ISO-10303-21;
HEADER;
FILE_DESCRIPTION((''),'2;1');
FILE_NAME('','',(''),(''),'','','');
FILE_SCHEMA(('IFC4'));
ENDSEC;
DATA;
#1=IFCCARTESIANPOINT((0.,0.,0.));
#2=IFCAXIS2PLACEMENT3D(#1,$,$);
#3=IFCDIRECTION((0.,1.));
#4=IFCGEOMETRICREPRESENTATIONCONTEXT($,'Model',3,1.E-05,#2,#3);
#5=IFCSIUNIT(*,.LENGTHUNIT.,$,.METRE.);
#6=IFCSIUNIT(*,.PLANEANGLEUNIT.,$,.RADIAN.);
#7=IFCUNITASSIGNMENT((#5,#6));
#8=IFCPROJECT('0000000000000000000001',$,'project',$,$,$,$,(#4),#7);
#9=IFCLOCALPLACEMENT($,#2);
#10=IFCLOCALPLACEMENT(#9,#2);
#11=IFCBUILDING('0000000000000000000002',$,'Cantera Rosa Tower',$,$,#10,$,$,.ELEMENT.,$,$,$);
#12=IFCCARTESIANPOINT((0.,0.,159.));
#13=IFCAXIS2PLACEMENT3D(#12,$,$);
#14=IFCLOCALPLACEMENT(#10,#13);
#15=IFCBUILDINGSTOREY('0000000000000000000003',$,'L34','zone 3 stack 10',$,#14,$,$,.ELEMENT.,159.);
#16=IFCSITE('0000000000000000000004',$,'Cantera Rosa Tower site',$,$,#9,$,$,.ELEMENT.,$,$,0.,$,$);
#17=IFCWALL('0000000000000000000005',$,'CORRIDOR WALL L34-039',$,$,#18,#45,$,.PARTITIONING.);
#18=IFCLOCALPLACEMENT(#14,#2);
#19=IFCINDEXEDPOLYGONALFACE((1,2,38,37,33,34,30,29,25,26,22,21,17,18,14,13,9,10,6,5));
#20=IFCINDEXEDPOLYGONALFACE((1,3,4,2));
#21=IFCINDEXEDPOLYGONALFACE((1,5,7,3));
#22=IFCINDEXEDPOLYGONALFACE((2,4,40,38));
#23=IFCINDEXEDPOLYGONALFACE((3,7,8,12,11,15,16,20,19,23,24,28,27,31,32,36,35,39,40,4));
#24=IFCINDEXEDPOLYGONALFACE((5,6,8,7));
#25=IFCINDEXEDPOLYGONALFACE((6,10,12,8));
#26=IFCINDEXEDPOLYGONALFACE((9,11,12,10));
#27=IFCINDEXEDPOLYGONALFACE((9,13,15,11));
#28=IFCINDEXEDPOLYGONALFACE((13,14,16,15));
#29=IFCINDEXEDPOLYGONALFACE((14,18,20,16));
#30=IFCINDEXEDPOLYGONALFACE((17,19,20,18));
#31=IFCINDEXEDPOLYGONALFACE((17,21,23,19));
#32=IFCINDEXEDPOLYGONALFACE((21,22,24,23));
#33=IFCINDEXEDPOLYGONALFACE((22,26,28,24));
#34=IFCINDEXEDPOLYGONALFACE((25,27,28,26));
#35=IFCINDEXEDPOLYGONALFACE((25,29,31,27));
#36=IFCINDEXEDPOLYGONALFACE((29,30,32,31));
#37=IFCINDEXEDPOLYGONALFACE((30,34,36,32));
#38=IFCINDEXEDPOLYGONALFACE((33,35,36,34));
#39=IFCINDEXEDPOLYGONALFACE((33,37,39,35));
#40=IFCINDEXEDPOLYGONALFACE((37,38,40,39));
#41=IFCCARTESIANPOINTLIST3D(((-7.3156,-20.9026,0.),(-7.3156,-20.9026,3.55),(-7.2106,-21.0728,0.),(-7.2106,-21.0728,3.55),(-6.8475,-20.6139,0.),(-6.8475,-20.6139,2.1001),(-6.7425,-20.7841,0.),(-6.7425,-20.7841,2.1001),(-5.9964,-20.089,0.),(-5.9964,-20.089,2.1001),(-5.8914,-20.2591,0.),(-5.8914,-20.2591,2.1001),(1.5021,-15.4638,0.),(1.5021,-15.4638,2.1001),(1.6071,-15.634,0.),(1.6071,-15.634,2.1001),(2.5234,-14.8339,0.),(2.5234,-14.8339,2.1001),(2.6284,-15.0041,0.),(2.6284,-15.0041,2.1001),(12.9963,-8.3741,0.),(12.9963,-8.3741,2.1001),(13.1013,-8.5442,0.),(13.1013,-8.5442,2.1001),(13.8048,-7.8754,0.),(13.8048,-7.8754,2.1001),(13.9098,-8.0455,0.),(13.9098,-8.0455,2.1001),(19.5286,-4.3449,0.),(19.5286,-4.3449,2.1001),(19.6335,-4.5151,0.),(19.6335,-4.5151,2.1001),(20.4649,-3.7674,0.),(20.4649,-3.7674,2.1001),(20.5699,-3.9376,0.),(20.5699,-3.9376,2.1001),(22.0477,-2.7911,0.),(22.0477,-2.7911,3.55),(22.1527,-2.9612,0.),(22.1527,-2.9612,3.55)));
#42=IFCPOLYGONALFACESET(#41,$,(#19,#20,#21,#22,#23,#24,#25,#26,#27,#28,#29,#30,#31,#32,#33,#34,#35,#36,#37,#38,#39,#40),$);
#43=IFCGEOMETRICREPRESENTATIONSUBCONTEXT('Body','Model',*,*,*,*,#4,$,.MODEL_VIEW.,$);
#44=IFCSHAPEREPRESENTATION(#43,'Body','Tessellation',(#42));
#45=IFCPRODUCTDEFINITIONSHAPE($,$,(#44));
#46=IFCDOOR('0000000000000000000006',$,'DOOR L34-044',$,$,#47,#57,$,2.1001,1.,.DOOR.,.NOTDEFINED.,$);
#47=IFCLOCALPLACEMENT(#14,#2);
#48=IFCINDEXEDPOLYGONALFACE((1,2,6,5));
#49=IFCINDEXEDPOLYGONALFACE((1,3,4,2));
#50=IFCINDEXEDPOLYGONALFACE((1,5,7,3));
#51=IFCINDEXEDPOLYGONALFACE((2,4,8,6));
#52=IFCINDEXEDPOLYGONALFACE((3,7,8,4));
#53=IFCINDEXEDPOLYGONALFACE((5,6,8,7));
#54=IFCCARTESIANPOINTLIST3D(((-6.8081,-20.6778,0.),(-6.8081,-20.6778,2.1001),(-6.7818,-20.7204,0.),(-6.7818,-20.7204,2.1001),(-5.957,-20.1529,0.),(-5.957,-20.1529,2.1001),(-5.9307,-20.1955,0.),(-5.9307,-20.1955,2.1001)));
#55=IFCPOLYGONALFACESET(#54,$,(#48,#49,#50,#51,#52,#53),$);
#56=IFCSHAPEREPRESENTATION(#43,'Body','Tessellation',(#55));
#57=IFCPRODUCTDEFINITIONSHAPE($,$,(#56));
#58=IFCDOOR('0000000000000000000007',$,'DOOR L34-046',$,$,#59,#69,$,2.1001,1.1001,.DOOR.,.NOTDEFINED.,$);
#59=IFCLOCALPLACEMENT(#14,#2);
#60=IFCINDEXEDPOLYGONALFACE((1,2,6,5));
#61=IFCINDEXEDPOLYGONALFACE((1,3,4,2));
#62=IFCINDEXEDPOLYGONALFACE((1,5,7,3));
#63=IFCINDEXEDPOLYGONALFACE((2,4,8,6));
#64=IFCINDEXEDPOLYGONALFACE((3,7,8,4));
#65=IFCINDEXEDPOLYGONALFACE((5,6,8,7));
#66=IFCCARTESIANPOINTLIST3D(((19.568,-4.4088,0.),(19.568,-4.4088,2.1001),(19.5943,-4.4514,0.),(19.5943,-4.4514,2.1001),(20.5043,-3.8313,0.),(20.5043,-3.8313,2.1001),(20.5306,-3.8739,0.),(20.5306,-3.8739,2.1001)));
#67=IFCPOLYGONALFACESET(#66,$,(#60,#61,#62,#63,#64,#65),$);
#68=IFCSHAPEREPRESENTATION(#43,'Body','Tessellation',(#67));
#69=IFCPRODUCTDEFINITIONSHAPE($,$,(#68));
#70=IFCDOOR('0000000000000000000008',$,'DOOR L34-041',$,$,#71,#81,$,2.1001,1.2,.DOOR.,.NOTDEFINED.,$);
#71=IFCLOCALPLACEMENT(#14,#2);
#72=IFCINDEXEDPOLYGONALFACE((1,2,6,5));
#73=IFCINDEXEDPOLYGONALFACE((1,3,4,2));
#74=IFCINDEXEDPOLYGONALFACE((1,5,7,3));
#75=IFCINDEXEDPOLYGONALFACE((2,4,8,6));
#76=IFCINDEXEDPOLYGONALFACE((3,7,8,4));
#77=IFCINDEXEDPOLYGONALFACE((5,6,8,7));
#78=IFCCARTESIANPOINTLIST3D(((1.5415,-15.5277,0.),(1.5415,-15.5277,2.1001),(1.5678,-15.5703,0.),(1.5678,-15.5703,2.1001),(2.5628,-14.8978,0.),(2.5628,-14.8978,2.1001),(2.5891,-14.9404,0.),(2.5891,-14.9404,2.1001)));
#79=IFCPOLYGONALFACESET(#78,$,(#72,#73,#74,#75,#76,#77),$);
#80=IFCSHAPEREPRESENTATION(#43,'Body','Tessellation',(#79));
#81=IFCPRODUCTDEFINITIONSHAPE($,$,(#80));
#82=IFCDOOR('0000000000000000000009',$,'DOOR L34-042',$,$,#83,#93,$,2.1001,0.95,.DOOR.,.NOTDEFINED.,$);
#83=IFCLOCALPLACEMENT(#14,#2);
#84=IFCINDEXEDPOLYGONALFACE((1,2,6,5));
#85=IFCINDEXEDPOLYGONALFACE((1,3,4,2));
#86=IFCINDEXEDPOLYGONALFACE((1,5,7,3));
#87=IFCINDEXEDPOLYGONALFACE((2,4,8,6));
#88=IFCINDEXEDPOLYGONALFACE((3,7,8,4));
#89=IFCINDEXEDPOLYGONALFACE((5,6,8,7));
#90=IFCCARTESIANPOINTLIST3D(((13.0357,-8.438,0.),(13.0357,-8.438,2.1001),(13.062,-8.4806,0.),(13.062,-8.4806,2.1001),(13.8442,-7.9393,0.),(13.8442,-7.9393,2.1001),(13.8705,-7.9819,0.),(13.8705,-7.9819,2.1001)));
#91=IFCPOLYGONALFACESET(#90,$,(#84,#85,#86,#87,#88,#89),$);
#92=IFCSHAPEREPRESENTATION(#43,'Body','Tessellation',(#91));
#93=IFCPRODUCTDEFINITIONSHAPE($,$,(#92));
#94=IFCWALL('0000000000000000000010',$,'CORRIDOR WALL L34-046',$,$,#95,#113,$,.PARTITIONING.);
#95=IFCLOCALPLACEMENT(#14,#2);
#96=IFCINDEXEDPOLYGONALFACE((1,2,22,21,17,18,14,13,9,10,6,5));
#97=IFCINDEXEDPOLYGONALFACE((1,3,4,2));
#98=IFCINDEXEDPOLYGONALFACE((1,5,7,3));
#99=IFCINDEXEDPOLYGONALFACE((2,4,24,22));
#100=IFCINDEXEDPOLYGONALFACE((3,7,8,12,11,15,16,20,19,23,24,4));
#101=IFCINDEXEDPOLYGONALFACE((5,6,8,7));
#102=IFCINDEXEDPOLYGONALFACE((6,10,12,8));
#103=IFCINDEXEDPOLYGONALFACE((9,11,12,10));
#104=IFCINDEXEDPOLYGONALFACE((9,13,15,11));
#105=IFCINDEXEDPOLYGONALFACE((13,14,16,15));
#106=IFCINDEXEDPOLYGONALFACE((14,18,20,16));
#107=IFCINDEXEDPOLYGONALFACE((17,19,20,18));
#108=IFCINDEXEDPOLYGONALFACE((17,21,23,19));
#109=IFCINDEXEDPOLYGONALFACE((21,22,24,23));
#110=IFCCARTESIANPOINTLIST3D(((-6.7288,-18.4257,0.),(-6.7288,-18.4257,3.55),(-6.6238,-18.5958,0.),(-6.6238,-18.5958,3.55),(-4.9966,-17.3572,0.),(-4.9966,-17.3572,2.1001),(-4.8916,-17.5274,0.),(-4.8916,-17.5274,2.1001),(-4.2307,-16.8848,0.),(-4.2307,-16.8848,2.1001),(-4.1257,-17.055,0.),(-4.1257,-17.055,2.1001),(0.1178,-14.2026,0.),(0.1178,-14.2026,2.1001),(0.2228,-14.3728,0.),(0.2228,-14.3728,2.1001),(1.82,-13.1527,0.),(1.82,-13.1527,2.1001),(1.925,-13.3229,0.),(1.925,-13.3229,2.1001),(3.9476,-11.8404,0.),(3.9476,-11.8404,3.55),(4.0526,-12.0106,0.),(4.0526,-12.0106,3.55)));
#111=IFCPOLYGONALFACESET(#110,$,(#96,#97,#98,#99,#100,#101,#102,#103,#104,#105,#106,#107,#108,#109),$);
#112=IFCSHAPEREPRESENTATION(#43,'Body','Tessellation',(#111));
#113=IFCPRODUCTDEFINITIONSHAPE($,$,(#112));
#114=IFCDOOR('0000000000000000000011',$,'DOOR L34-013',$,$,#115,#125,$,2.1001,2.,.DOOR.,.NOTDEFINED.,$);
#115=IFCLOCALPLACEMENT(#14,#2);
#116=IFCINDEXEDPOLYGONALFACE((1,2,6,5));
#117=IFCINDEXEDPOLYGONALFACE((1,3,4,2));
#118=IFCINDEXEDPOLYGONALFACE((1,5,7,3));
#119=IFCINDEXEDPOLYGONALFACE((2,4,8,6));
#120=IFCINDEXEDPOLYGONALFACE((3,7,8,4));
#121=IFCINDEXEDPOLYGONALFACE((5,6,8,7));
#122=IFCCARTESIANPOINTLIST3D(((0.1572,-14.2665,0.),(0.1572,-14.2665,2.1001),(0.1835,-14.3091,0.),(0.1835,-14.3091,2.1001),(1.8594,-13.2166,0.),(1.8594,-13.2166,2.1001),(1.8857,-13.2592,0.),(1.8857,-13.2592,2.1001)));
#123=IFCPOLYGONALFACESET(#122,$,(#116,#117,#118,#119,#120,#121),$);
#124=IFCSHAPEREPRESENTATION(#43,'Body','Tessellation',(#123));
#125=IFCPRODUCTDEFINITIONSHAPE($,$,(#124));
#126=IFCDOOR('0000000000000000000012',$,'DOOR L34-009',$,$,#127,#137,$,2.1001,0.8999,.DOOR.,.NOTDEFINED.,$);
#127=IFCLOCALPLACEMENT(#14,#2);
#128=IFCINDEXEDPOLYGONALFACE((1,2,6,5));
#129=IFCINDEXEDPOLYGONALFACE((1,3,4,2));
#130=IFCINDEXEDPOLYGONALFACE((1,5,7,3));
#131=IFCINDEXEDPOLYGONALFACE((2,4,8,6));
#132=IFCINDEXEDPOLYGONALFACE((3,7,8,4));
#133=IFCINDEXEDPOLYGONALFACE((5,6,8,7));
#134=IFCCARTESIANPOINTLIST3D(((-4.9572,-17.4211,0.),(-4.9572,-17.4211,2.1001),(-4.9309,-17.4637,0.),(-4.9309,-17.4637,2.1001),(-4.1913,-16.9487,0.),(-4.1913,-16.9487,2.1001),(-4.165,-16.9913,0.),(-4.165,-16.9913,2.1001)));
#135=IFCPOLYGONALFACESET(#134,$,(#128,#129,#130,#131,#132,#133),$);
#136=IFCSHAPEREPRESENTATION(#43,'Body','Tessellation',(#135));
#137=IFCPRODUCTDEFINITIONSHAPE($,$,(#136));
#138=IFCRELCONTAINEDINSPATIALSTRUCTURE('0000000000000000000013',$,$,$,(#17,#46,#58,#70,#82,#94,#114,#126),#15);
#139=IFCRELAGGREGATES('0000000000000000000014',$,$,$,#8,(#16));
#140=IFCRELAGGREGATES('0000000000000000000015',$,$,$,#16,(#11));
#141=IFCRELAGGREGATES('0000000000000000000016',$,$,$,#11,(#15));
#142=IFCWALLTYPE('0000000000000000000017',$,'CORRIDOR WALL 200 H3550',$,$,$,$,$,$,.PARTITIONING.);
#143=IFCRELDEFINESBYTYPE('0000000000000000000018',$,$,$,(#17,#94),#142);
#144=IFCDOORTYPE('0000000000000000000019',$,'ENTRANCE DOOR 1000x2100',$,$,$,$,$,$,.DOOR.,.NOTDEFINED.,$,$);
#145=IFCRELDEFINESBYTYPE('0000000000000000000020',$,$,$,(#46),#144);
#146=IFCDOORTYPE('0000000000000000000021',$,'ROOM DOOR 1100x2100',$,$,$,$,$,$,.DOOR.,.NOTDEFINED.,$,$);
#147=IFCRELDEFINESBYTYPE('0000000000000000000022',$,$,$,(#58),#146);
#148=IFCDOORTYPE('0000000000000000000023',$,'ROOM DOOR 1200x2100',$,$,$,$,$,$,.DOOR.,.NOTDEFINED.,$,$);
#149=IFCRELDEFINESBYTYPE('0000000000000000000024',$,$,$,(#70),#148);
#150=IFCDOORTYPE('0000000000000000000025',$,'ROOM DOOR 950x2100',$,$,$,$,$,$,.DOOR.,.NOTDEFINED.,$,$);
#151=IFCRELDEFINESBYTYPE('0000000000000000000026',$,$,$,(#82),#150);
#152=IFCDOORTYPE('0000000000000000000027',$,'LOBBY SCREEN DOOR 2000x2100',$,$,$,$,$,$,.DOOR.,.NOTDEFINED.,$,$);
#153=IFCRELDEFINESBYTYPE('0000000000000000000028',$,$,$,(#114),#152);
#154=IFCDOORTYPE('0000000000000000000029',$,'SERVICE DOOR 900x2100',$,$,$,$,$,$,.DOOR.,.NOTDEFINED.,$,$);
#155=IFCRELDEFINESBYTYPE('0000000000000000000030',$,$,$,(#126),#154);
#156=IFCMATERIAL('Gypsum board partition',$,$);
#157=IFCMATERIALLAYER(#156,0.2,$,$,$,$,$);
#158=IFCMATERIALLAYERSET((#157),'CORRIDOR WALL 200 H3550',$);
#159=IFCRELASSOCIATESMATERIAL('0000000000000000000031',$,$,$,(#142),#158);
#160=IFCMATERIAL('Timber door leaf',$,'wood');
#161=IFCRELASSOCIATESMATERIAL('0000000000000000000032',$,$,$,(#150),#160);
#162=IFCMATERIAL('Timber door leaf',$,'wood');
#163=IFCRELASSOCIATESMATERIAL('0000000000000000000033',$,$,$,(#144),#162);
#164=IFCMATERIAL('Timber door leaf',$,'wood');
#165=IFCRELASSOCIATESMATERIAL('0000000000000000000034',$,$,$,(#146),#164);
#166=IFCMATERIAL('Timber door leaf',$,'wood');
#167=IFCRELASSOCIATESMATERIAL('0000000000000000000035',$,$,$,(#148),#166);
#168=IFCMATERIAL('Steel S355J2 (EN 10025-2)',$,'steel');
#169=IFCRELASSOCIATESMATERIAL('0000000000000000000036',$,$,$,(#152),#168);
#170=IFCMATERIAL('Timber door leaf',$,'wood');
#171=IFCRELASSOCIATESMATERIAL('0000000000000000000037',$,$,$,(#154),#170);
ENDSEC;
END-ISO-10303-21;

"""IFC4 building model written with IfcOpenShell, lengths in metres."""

from ifc_helpers import new_model, si_unit, direction, frame, frame_2d, origin, place, context, subcontext, project, spatial, rectangle, extrude, material, layer, layer_set, type_object, element, fill, save


model = new_model("IFC4")

# Units and contexts
model_context = context("Model", 3, precision=1e-05, world=origin(), true_north=direction((0.0, 1.0)))
body_context = subcontext(model_context, "Body", "Model", "MODEL_VIEW")
ifc_project = project(units=[si_unit("LENGTHUNIT", "METRE"), si_unit("PLANEANGLEUNIT", "RADIAN")], contexts=[model_context])

# Site, building, storey
site_placement = place(None, origin())
site = spatial("IfcSite", under=ifc_project, at=site_placement, Name="Cantera Rosa Tower site", CompositionType="ELEMENT", RefElevation=0.0)
building_placement = place(site_placement, origin())
building = spatial("IfcBuilding", under=site, at=building_placement, Name="Cantera Rosa Tower", CompositionType="ELEMENT")
storey_placement = place(building_placement, frame((0.0, 0.0, 159.0)))
storey = spatial("IfcBuildingStorey", under=building, at=storey_placement, Name="L34", Description="zone 3 stack 10", CompositionType="ELEMENT", Elevation=159.0)

# Shared definitions
ifc_material_1 = material(Name="Gypsum board partition")
ifc_layer_1 = layer(ifc_material_1, 0.2)
ifc_layer_set_1 = layer_set([ifc_layer_1], Name="CORRIDOR WALL 200 H3550")
wall_type_1 = type_object("IfcWallType", Name="CORRIDOR WALL 200 H3550", PredefinedType="PARTITIONING", material=ifc_layer_set_1)
ifc_material_2 = material(Name="Timber door leaf", Category="wood")
door_type_1 = type_object("IfcDoorType", Name="ROOM DOOR 950x2100", OperationType="NOTDEFINED", PredefinedType="DOOR", material=ifc_material_2)

# Walls, openings, doors
wall_1_placement = place(storey_placement, frame((-7.2632, -20.9878, 0.0), z_axis=(0.0, 0.0, 1.0), x_axis=(0.851116, 0.524977, 0.0)))
wall_1 = element("IfcWall", 1, at=wall_1_placement, inside=storey, type_object=wall_type_1, Name="CORRIDOR WALL L34-039", PredefinedType="PARTITIONING", context=body_context, shape_type="SweptSolid", body=[
    extrude(rectangle(XDim=34.4998, YDim=0.2, at=frame_2d((17.25, 0.0))), origin(), (0.0, 0.0, 1.0), 3.55),
])
opening_1_placement = place(wall_1_placement, frame((10.3601, 0.0, 0.0)))
opening_1 = element("IfcOpeningElement", 2, at=opening_1_placement, cuts=wall_1, PredefinedType="OPENING", context=body_context, shape_type="SweptSolid", body=[
    extrude(rectangle(XDim=1.2, YDim=2.1001, at=frame_2d((0.6001, 1.05))), frame((0.0, 0.1099, 0.0), z_axis=(0.0, -1.0, 0.0), x_axis=(1.0, 0.0, 0.0)), (0.0, 0.0, 1.0), 0.22),
])
opening_2_placement = place(wall_1_placement, frame((23.865, 0.0, 0.0)))
opening_2 = element("IfcOpeningElement", 3, at=opening_2_placement, cuts=wall_1, PredefinedType="OPENING", context=body_context, shape_type="SweptSolid", body=[
    extrude(rectangle(XDim=0.95, YDim=2.1001, at=frame_2d((0.4751, 1.05))), frame((0.0, 0.1099, 0.0), z_axis=(0.0, -1.0, 0.0), x_axis=(1.0, 0.0, 0.0)), (0.0, 0.0, 1.0), 0.22),
])
opening_3_placement = place(wall_1_placement, frame((0.55, 0.0, 0.0)))
opening_3 = element("IfcOpeningElement", 4, at=opening_3_placement, cuts=wall_1, PredefinedType="OPENING", context=body_context, shape_type="SweptSolid", body=[
    extrude(rectangle(XDim=1.0, YDim=2.1001, at=frame_2d((0.5, 1.05))), frame((0.0, 0.1099, 0.0), z_axis=(0.0, -1.0, 0.0), x_axis=(1.0, 0.0, 0.0)), (0.0, 0.0, 1.0), 0.22),
])
opening_4_placement = place(wall_1_placement, frame((31.54, 0.0, 0.0)))
opening_4 = element("IfcOpeningElement", 5, at=opening_4_placement, cuts=wall_1, PredefinedType="OPENING", context=body_context, shape_type="SweptSolid", body=[
    extrude(rectangle(XDim=1.1001, YDim=2.1001, at=frame_2d((0.55, 1.05))), frame((0.0, 0.1099, 0.0), z_axis=(0.0, -1.0, 0.0), x_axis=(1.0, 0.0, 0.0)), (0.0, 0.0, 1.0), 0.22),
])
ifc_material_3 = material(Name="Timber door leaf", Category="wood")
door_type_2 = type_object("IfcDoorType", Name="ENTRANCE DOOR 1000x2100", OperationType="NOTDEFINED", PredefinedType="DOOR", material=ifc_material_3)
door_1_placement = place(opening_3_placement, origin())
door_1 = element("IfcDoor", 6, at=door_1_placement, inside=storey, type_object=door_type_2, Name="DOOR L34-044", OperationType="NOTDEFINED", OverallHeight=2.1001, OverallWidth=1.0, PredefinedType="DOOR", context=body_context, shape_type="SweptSolid", body=[
    extrude(rectangle(XDim=1.0, YDim=2.1001, at=frame_2d((0.5, 1.05))), frame((0.0, 0.0249, 0.0), z_axis=(0.0, -1.0, 0.0), x_axis=(1.0, 0.0, 0.0)), (0.0, 0.0, 1.0), 0.05),
])
fill(opening_3, door_1)
ifc_material_4 = material(Name="Timber door leaf", Category="wood")
door_type_3 = type_object("IfcDoorType", Name="ROOM DOOR 1100x2100", OperationType="NOTDEFINED", PredefinedType="DOOR", material=ifc_material_4)
door_2_placement = place(opening_4_placement, origin())
door_2 = element("IfcDoor", 7, at=door_2_placement, inside=storey, type_object=door_type_3, Name="DOOR L34-046", OperationType="NOTDEFINED", OverallHeight=2.1001, OverallWidth=1.1001, PredefinedType="DOOR", context=body_context, shape_type="SweptSolid", body=[
    extrude(rectangle(XDim=1.1001, YDim=2.1001, at=frame_2d((0.55, 1.05))), frame((0.0, 0.0249, 0.0), z_axis=(0.0, -1.0, 0.0), x_axis=(1.0, 0.0, 0.0)), (0.0, 0.0, 1.0), 0.05),
])
fill(opening_4, door_2)
ifc_material_5 = material(Name="Timber door leaf", Category="wood")
door_type_4 = type_object("IfcDoorType", Name="ROOM DOOR 1200x2100", OperationType="NOTDEFINED", PredefinedType="DOOR", material=ifc_material_5)
door_3_placement = place(opening_1_placement, origin())
door_3 = element("IfcDoor", 8, at=door_3_placement, inside=storey, type_object=door_type_4, Name="DOOR L34-041", OperationType="NOTDEFINED", OverallHeight=2.1001, OverallWidth=1.2, PredefinedType="DOOR", context=body_context, shape_type="SweptSolid", body=[
    extrude(rectangle(XDim=1.2, YDim=2.1001, at=frame_2d((0.6001, 1.05))), frame((0.0, 0.0249, 0.0), z_axis=(0.0, -1.0, 0.0), x_axis=(1.0, 0.0, 0.0)), (0.0, 0.0, 1.0), 0.05),
])
fill(opening_1, door_3)
door_4_placement = place(opening_2_placement, origin())
door_4 = element("IfcDoor", 9, at=door_4_placement, inside=storey, type_object=door_type_1, Name="DOOR L34-042", OperationType="NOTDEFINED", OverallHeight=2.1001, OverallWidth=0.95, PredefinedType="DOOR", context=body_context, shape_type="SweptSolid", body=[
    extrude(rectangle(XDim=0.95, YDim=2.1001, at=frame_2d((0.4751, 1.05))), frame((0.0, 0.0249, 0.0), z_axis=(0.0, -1.0, 0.0), x_axis=(1.0, 0.0, 0.0)), (0.0, 0.0, 1.0), 0.05),
])
fill(opening_2, door_4)
wall_2_placement = place(storey_placement, frame((-6.6763, -18.5107, 0.0), z_axis=(0.0, 0.0, 1.0), x_axis=(0.851117, 0.524976, 0.0)))
wall_2 = element("IfcWall", 10, at=wall_2_placement, inside=storey, type_object=wall_type_1, Name="CORRIDOR WALL L34-046", PredefinedType="PARTITIONING", context=body_context, shape_type="SweptSolid", body=[
    extrude(rectangle(XDim=12.5439, YDim=0.2, at=frame_2d((6.272, 0.0))), origin(), (0.0, 0.0, 1.0), 3.55),
])
opening_5_placement = place(wall_2_placement, frame((2.0352, 0.0, 0.0)))
opening_5 = element("IfcOpeningElement", 11, at=opening_5_placement, cuts=wall_2, PredefinedType="OPENING", context=body_context, shape_type="SweptSolid", body=[
    extrude(rectangle(XDim=0.8999, YDim=2.1001, at=frame_2d((0.45, 1.05))), frame((0.0, 0.1099, 0.0), z_axis=(0.0, -1.0, 0.0), x_axis=(1.0, 0.0, 0.0)), (0.0, 0.0, 1.0), 0.22),
])
opening_6_placement = place(wall_2_placement, frame((8.0442, 0.0, 0.0)))
opening_6 = element("IfcOpeningElement", 12, at=opening_6_placement, cuts=wall_2, PredefinedType="OPENING", context=body_context, shape_type="SweptSolid", body=[
    extrude(rectangle(XDim=2.0, YDim=2.1001, at=frame_2d((1.0, 1.05))), frame((0.0, 0.1099, 0.0), z_axis=(0.0, -1.0, 0.0), x_axis=(1.0, 0.0, 0.0)), (0.0, 0.0, 1.0), 0.22),
])
ifc_material_6 = material(Name="Steel S355J2 (EN 10025-2)", Category="steel")
door_type_5 = type_object("IfcDoorType", Name="LOBBY SCREEN DOOR 2000x2100", OperationType="NOTDEFINED", PredefinedType="DOOR", material=ifc_material_6)
door_5_placement = place(opening_6_placement, origin())
door_5 = element("IfcDoor", 13, at=door_5_placement, inside=storey, type_object=door_type_5, Name="DOOR L34-013", OperationType="NOTDEFINED", OverallHeight=2.1001, OverallWidth=2.0, PredefinedType="DOOR", context=body_context, shape_type="SweptSolid", body=[
    extrude(rectangle(XDim=2.0, YDim=2.1001, at=frame_2d((1.0, 1.05))), frame((0.0, 0.0249, 0.0), z_axis=(0.0, -1.0, 0.0), x_axis=(1.0, 0.0, 0.0)), (0.0, 0.0, 1.0), 0.05),
])
fill(opening_6, door_5)
ifc_material_7 = material(Name="Timber door leaf", Category="wood")
door_type_6 = type_object("IfcDoorType", Name="SERVICE DOOR 900x2100", OperationType="NOTDEFINED", PredefinedType="DOOR", material=ifc_material_7)
door_6_placement = place(opening_5_placement, origin())
door_6 = element("IfcDoor", 14, at=door_6_placement, inside=storey, type_object=door_type_6, Name="DOOR L34-009", OperationType="NOTDEFINED", OverallHeight=2.1001, OverallWidth=0.8999, PredefinedType="DOOR", context=body_context, shape_type="SweptSolid", body=[
    extrude(rectangle(XDim=0.8999, YDim=2.1001, at=frame_2d((0.45, 1.05))), frame((0.0, 0.0249, 0.0), z_axis=(0.0, -1.0, 0.0), x_axis=(1.0, 0.0, 0.0)), (0.0, 0.0, 1.0), 0.05),
])
fill(opening_5, door_6)

save(model, "model.ifc")
